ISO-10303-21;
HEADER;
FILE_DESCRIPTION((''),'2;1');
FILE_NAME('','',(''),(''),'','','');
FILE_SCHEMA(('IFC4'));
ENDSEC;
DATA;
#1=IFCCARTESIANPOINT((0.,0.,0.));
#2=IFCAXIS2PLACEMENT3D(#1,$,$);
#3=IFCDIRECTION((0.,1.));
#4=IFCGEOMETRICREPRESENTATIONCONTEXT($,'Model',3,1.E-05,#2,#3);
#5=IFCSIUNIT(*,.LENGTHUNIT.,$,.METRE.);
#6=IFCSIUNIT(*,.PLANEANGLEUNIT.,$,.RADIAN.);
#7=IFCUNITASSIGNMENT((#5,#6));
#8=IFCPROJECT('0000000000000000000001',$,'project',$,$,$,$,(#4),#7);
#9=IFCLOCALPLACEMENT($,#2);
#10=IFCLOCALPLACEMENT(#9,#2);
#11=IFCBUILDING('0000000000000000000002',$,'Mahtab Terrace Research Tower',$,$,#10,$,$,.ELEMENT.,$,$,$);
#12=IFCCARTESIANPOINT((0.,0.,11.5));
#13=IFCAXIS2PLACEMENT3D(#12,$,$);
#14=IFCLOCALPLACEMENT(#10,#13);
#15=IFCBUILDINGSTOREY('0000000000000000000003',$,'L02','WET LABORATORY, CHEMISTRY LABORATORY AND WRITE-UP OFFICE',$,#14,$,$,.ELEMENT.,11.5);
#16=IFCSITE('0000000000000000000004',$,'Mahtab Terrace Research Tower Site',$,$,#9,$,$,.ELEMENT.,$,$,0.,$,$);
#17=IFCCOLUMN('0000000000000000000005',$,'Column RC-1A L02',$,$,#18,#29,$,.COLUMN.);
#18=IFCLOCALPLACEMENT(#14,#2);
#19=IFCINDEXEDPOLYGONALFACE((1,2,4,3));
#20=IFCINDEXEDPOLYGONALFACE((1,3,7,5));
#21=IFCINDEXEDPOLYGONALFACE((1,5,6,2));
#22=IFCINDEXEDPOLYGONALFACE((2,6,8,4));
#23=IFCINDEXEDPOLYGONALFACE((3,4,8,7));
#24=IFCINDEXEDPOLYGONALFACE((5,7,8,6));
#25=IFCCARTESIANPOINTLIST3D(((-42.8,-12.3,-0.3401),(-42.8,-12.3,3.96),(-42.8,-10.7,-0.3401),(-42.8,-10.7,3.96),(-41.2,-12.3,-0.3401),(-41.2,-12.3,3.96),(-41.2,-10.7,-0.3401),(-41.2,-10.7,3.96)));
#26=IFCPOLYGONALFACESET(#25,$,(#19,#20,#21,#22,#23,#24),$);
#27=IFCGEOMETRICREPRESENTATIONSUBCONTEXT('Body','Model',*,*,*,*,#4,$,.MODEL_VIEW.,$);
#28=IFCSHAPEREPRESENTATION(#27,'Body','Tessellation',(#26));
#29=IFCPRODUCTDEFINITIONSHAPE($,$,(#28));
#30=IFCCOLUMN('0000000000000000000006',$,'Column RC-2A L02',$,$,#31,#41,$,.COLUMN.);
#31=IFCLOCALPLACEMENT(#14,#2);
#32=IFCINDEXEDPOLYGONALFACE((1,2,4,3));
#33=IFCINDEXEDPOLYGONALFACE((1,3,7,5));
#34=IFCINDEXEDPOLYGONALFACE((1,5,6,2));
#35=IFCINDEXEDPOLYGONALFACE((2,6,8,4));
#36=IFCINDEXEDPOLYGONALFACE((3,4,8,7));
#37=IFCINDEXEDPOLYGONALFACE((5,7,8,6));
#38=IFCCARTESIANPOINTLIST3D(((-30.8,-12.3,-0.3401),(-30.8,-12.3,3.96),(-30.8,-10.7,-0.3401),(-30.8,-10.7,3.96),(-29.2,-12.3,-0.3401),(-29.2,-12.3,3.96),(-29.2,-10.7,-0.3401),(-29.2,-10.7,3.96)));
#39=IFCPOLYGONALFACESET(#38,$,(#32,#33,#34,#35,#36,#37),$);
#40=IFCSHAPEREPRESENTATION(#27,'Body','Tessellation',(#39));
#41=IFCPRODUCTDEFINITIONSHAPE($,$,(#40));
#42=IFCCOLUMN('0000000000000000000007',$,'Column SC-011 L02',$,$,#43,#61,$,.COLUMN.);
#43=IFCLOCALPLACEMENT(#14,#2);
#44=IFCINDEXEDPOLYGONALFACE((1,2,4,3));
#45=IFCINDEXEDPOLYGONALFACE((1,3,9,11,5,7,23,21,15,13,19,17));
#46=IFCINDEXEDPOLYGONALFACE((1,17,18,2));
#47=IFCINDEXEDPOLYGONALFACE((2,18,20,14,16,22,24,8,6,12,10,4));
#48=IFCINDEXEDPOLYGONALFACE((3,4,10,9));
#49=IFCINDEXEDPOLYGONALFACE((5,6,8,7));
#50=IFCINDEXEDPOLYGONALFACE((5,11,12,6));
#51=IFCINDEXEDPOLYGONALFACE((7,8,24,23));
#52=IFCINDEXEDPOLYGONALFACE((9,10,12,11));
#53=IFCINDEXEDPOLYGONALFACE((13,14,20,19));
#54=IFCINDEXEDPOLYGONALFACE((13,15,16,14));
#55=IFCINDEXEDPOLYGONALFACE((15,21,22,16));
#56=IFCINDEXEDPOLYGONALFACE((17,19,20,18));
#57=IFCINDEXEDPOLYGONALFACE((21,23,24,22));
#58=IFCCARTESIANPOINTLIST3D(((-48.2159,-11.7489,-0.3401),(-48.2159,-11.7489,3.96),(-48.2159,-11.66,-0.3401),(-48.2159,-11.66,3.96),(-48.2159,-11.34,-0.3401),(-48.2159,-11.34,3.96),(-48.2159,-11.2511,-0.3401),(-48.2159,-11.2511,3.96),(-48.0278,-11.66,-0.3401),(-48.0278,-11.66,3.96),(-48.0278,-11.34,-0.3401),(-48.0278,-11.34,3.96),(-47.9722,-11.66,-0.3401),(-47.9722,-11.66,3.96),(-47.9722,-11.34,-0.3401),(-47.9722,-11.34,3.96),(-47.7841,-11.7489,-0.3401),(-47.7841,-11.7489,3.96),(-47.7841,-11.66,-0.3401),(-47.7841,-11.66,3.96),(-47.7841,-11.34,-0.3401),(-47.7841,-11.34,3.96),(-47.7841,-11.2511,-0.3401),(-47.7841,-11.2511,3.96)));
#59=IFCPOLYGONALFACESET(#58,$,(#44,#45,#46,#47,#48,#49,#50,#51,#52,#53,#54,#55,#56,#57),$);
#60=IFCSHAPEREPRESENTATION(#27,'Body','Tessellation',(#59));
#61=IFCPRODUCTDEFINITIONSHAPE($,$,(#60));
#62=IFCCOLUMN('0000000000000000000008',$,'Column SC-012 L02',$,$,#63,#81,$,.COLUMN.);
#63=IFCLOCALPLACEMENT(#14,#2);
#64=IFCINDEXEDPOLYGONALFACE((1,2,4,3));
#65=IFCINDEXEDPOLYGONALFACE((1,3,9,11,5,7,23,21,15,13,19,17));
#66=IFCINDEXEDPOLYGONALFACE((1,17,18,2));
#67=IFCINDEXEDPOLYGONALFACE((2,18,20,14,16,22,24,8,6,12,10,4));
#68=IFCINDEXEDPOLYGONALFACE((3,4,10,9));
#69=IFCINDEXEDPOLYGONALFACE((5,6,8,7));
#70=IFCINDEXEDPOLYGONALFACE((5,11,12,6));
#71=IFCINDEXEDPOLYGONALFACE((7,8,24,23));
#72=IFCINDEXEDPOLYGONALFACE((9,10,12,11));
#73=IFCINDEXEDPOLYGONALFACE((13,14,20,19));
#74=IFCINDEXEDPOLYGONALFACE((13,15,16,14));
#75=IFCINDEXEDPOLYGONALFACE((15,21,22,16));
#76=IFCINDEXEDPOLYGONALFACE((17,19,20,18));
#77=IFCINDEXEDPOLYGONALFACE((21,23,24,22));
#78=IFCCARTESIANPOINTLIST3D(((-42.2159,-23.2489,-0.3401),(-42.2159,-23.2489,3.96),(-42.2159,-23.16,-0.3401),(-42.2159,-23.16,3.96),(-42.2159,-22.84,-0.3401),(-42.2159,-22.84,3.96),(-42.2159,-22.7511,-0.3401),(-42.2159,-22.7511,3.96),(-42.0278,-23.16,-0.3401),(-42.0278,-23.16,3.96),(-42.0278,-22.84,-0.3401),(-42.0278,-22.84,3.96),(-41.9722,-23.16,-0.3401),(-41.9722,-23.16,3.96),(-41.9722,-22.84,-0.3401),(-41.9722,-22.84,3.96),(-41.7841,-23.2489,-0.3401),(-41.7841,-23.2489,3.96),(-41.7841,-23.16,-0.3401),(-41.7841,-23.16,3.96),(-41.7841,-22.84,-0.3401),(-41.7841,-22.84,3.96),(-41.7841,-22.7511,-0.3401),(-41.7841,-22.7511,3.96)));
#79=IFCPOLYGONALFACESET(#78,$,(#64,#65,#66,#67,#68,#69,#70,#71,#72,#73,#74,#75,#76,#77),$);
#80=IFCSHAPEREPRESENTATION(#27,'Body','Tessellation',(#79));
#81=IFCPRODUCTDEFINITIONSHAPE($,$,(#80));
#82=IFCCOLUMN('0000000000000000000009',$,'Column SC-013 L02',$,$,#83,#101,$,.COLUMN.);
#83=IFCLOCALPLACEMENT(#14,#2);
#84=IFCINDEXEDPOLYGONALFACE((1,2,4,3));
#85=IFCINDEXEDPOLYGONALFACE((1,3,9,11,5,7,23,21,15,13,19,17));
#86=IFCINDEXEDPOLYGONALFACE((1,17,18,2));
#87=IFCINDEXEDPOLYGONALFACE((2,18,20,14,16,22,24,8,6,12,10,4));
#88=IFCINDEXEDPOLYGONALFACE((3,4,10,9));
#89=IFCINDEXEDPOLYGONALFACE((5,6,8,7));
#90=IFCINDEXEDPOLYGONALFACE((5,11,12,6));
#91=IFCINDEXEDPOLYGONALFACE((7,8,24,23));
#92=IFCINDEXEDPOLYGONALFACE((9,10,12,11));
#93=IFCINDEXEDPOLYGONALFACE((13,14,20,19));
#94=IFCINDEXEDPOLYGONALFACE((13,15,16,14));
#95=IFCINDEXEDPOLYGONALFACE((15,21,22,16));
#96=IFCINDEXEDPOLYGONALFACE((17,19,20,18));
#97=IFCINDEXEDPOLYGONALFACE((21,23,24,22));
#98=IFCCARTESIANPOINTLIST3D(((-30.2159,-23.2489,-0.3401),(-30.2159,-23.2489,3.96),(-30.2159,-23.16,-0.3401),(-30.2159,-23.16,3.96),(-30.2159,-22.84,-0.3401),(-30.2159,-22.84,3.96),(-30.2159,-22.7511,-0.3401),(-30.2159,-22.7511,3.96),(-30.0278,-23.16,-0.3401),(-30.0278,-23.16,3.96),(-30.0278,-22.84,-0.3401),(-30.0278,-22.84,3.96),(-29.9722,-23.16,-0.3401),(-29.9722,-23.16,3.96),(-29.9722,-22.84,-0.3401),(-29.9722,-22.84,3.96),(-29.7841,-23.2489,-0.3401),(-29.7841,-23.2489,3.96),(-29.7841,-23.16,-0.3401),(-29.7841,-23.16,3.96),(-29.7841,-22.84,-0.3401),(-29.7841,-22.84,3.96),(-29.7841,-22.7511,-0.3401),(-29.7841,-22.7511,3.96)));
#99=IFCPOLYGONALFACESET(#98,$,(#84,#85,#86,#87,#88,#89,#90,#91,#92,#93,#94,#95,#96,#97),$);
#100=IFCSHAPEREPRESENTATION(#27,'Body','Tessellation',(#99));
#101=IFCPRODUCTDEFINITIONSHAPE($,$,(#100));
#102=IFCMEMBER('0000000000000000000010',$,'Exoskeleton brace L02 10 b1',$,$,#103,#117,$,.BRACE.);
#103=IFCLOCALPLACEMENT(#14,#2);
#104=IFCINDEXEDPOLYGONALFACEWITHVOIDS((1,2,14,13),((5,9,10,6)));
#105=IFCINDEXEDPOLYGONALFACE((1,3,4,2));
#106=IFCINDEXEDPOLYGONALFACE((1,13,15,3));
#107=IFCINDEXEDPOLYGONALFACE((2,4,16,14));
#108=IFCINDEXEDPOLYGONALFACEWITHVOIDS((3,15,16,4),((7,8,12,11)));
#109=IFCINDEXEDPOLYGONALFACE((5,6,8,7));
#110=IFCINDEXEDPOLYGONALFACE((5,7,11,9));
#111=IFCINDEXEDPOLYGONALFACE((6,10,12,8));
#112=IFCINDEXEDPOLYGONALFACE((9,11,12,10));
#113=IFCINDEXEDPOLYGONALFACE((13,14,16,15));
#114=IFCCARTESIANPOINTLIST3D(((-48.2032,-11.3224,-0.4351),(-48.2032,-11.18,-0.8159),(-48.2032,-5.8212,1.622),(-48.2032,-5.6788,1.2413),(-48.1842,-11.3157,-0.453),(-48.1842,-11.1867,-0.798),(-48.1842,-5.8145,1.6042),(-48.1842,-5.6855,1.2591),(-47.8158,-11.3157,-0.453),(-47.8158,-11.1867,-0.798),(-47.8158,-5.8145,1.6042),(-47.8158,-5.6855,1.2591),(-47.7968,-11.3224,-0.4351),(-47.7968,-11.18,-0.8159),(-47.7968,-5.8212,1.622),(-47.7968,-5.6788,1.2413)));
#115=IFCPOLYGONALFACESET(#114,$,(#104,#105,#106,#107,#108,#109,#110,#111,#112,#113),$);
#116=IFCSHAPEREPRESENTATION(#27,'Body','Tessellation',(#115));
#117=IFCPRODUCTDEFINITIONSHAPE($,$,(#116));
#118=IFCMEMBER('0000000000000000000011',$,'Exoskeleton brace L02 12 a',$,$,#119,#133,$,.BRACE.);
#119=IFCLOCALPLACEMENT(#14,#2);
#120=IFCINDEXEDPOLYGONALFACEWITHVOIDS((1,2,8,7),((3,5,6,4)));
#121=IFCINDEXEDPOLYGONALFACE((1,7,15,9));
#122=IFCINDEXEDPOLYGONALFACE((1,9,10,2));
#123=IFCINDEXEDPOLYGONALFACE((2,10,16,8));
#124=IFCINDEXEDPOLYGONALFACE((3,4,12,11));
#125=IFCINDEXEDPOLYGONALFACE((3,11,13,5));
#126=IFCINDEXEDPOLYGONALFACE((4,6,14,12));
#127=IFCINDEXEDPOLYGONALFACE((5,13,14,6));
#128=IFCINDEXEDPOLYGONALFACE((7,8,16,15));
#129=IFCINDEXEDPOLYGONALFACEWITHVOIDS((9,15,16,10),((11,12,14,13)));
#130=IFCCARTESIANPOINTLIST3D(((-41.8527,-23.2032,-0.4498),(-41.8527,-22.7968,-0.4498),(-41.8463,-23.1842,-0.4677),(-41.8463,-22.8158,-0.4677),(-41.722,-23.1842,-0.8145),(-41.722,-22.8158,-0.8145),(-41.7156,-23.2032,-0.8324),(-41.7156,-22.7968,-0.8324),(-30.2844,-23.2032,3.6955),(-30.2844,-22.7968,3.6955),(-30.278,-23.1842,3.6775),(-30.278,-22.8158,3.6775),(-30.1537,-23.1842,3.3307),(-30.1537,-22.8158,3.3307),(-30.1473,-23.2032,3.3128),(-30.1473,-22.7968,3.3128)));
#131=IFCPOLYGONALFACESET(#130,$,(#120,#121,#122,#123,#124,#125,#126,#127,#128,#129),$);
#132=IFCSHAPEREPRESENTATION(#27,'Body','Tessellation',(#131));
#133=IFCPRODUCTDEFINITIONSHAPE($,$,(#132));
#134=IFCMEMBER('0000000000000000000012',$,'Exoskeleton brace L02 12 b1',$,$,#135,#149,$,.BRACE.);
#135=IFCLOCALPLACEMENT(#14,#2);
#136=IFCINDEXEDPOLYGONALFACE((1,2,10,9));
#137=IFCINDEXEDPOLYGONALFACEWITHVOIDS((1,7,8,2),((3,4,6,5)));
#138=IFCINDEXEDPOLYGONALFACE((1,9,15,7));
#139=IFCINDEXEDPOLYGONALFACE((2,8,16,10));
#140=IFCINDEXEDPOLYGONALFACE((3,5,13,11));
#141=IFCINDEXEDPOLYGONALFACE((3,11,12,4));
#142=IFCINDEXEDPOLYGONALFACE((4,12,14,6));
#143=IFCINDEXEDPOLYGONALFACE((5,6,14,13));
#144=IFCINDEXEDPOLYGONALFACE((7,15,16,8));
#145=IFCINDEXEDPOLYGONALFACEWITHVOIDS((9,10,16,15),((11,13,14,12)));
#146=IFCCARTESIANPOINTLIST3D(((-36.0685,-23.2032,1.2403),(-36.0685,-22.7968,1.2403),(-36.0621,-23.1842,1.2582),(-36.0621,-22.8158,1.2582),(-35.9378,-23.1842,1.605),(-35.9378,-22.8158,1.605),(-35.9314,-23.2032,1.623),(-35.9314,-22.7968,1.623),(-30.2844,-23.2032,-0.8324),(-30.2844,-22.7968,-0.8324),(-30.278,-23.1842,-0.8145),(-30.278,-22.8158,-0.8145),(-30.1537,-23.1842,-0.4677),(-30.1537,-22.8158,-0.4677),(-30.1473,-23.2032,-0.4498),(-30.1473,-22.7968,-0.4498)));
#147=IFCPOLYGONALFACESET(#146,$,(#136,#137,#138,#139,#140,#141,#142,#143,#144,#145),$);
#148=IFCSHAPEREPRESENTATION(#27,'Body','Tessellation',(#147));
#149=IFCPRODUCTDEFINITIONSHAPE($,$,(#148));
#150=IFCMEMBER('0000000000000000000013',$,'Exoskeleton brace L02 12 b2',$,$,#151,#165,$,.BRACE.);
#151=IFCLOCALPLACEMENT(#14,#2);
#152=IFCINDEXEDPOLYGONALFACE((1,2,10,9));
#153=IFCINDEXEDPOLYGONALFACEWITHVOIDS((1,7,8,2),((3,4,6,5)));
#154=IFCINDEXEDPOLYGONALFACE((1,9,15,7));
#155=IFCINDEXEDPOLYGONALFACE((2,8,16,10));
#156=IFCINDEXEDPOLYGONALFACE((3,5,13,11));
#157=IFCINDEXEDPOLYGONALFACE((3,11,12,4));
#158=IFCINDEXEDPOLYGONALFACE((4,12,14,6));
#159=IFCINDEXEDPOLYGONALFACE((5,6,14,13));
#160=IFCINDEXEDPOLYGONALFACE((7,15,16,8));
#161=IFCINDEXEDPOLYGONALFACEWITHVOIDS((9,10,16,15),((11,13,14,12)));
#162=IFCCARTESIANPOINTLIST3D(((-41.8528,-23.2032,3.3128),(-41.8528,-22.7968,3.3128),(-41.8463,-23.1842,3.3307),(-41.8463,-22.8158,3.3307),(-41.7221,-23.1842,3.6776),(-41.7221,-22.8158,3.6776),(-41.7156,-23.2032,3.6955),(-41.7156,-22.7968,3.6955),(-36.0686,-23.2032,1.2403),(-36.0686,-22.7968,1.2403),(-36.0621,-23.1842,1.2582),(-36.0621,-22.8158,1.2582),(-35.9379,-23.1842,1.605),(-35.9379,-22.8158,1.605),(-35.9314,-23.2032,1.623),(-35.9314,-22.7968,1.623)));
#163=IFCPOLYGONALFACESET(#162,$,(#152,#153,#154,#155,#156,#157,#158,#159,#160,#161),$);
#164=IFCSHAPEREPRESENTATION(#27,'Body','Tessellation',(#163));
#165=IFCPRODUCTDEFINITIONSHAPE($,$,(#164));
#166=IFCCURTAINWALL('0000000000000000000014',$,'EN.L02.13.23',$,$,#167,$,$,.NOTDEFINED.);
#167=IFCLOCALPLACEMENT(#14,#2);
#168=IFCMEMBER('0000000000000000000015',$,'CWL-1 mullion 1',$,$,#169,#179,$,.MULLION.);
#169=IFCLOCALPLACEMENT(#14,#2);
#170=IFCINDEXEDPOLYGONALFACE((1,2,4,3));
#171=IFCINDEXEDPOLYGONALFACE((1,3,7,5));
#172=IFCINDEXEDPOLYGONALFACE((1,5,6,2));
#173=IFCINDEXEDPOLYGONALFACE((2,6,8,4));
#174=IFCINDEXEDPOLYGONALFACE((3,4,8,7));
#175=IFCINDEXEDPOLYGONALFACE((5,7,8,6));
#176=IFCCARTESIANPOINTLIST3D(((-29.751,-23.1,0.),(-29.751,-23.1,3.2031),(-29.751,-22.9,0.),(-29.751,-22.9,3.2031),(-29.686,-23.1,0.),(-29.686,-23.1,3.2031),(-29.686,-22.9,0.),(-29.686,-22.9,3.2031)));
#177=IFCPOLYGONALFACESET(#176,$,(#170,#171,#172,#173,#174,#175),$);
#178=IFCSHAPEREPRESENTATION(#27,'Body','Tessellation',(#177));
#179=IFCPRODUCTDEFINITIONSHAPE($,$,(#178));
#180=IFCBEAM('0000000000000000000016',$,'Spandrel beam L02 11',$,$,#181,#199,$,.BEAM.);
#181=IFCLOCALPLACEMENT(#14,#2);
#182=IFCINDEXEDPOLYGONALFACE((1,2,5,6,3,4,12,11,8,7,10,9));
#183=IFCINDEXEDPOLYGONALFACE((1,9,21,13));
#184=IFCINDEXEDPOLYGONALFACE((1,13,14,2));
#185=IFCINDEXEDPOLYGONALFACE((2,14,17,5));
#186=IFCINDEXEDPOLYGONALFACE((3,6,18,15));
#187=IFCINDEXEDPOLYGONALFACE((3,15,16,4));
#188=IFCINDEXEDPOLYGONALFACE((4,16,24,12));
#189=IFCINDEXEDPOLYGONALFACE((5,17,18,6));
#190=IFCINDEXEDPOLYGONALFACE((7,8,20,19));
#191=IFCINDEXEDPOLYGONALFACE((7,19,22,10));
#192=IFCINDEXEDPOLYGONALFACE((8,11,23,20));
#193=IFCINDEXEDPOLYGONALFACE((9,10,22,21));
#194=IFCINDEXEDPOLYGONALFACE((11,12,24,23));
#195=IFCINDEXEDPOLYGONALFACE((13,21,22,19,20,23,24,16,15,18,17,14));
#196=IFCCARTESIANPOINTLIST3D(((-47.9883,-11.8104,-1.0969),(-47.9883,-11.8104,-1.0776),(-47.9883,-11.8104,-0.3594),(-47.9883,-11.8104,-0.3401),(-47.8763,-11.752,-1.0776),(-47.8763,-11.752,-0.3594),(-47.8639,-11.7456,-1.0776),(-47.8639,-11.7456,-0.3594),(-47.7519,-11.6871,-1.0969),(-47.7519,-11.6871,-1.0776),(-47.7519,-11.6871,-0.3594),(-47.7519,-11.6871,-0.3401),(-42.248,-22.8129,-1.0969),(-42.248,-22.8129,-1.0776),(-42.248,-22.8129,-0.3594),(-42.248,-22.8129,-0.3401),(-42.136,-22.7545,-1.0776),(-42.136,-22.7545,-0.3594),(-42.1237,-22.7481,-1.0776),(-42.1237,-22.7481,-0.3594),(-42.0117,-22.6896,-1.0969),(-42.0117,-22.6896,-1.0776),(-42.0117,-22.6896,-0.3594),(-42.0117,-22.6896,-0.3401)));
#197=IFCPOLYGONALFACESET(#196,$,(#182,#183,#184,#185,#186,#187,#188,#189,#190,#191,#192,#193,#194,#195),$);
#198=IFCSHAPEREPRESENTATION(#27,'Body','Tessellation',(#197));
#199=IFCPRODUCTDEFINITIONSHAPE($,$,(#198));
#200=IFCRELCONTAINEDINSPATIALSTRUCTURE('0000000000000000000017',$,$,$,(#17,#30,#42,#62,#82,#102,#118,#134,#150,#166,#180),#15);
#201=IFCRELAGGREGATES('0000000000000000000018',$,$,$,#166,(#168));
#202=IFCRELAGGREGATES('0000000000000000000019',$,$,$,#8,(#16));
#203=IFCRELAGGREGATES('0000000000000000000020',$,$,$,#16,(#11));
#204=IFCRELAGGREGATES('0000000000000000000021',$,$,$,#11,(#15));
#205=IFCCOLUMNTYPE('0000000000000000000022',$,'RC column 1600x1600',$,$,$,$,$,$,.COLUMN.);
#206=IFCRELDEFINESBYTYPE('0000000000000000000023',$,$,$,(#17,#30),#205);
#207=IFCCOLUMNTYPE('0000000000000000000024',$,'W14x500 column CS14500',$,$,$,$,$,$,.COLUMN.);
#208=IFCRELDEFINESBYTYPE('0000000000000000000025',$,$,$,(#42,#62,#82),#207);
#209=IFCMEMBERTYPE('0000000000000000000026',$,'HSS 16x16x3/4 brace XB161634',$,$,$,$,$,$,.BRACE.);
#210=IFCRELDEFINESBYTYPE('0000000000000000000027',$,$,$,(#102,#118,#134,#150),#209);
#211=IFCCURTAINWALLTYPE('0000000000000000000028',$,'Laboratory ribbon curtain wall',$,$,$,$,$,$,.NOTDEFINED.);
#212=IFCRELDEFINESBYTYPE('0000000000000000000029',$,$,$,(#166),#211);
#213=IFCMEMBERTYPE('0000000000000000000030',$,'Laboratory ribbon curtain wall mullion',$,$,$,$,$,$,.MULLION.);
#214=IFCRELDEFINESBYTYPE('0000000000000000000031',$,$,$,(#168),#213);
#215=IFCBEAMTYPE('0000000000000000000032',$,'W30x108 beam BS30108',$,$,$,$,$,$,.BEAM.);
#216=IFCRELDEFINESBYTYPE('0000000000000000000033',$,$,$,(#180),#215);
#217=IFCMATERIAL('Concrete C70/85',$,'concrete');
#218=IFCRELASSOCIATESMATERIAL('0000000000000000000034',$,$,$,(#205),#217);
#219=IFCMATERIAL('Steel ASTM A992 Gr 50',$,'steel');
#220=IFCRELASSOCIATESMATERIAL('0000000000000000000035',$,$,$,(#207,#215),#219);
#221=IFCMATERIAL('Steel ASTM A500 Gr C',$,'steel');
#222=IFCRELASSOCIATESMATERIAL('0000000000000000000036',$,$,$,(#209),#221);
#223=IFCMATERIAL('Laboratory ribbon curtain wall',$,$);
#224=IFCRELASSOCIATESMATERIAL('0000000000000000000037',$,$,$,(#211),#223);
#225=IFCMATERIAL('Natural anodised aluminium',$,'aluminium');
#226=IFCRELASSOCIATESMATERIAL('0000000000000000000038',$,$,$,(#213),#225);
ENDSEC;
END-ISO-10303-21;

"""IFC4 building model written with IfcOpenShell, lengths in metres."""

from ifc_helpers import new_model, si_unit, direction, frame, origin, origin_2d, place, context, subcontext, project, spatial, rectangle, hollow_rectangle, i_section, extrude, material, material_profile, profile_set, type_object, element, aggregate, save


model = new_model("IFC4")

# Units and contexts
model_context = context("Model", 3, precision=1e-05, world=origin(), true_north=direction((0.0, 1.0)))
body_context = subcontext(model_context, "Body", "Model", "MODEL_VIEW")
ifc_project = project(units=[si_unit("LENGTHUNIT", "METRE"), si_unit("PLANEANGLEUNIT", "RADIAN")], contexts=[model_context])

# Site, building, storey
site_placement = place(None, origin())
site = spatial("IfcSite", under=ifc_project, at=site_placement, Name="Mahtab Terrace Research Tower Site", CompositionType="ELEMENT", RefElevation=0.0)
building_placement = place(site_placement, origin())
building = spatial("IfcBuilding", under=site, at=building_placement, Name="Mahtab Terrace Research Tower", CompositionType="ELEMENT")
storey_placement = place(building_placement, frame((0.0, 0.0, 11.5)))
storey = spatial("IfcBuildingStorey", under=building, at=storey_placement, Name="L02", Description="WET LABORATORY, CHEMISTRY LABORATORY AND WRITE-UP OFFICE", CompositionType="ELEMENT", Elevation=11.5)

# Columns
ifc_material_1 = material(Name="Concrete C70/85", Category="concrete")
ifc_material_profile_1 = material_profile(ifc_material_1, rectangle(XDim=1.6001, YDim=1.6001, at=origin_2d()), Name="RC column 1600x1600")
ifc_profile_set_1 = profile_set([ifc_material_profile_1], Name="Concrete C70/85")
column_type_1 = type_object("IfcColumnType", Name="RC column 1600x1600", PredefinedType="COLUMN", material=ifc_profile_set_1)
for number, where, z_axis, x_axis, name in (
    (1, (-42.0, -11.5, -0.3401), (0.0, 0.0, 1.0), (1.0, 0.0, 0.0), "Column RC-1A L02"),
    (2, (-30.0, -11.5, -0.3401), (0.0, 0.0, 1.0), (1.0, 0.0, 0.0), "Column RC-2A L02"),
):
    element("IfcColumn", number, at=place(storey_placement, frame(where, z_axis=z_axis, x_axis=x_axis)), inside=storey, type_object=column_type_1, Name=name, PredefinedType="COLUMN", context=body_context, shape_type="SweptSolid", body=[
        extrude(rectangle(XDim=1.6001, YDim=1.6001, at=origin_2d()), origin(), (0.0, 0.0, 1.0), 4.3),
    ])
ifc_material_2 = material(Name="Steel ASTM A992 Gr 50", Category="steel")
ifc_material_profile_2 = material_profile(ifc_material_2, i_section(OverallWidth=0.4319, OverallDepth=0.4978, WebThickness=0.0557, FlangeThickness=0.0889, at=origin_2d()), Name="W14X500")
ifc_profile_set_2 = profile_set([ifc_material_profile_2], Name="Steel ASTM A992 Gr 50")
column_type_2 = type_object("IfcColumnType", Name="W14x500 column CS14500", PredefinedType="COLUMN", material=ifc_profile_set_2)
for number, where, z_axis, x_axis, name in (
    (3, (-48.0, -11.5, -0.3401), (0.0, 0.0, 1.0), (1.0, 0.0, 0.0), "Column SC-011 L02"),
    (4, (-42.0, -23.0, -0.3401), (0.0, 0.0, 1.0), (1.0, 0.0, 0.0), "Column SC-012 L02"),
    (5, (-30.0, -23.0, -0.3401), (0.0, 0.0, 1.0), (1.0, 0.0, 0.0), "Column SC-013 L02"),
):
    element("IfcColumn", number, at=place(storey_placement, frame(where, z_axis=z_axis, x_axis=x_axis)), inside=storey, type_object=column_type_2, Name=name, PredefinedType="COLUMN", context=body_context, shape_type="SweptSolid", body=[
        extrude(i_section(OverallWidth=0.4319, OverallDepth=0.4978, WebThickness=0.0557, FlangeThickness=0.0889, at=origin_2d()), origin(), (0.0, 0.0, 1.0), 4.3),
    ])

# Members
ifc_material_3 = material(Name="Steel ASTM A500 Gr C", Category="steel")
ifc_material_profile_3 = material_profile(ifc_material_3, hollow_rectangle(XDim=0.4065, YDim=0.4065, WallThickness=0.019, at=origin_2d()), Name="HSS16X16X3/4")
ifc_profile_set_3 = profile_set([ifc_material_profile_3], Name="Steel ASTM A500 Gr C")
member_type_1 = type_object("IfcMemberType", Name="HSS 16x16x3/4 brace XB161634", PredefinedType="BRACE", material=ifc_profile_set_3)
member_1_placement = place(storey_placement, frame((-48.0, -11.2512, -0.6255), z_axis=(0.0, 0.936655, 0.350253), x_axis=(-1.0, 0.0, 0.0)))
element("IfcMember", 6, at=member_1_placement, inside=storey, type_object=member_type_1, Name="Exoskeleton brace L02 10 b1", PredefinedType="BRACE", context=body_context, shape_type="SweptSolid", body=[
    extrude(hollow_rectangle(XDim=0.4065, YDim=0.4065, WallThickness=0.019, at=origin_2d()), origin(), (0.0, 0.0, 1.0), 5.8733),
])
member_2_placement = place(storey_placement, frame((-41.7842, -23.0, -0.6411), z_axis=(0.941388, 0.0, 0.337325), x_axis=(0.0, 1.0, 0.0)))
element("IfcMember", 7, at=member_2_placement, inside=storey, type_object=member_type_1, Name="Exoskeleton brace L02 12 a", PredefinedType="BRACE", context=body_context, shape_type="SweptSolid", body=[
    extrude(hollow_rectangle(XDim=0.4065, YDim=0.4065, WallThickness=0.019, at=origin_2d()), origin(), (0.0, 0.0, 1.0), 12.2886),
])
for number, where, z_axis, x_axis, name in (
    (8, (-30.2158, -23.0, -0.6411), (-0.941382, 0.0, 0.337343), (0.0, -1.0, 0.0), "Exoskeleton brace L02 12 b1"),
    (9, (-36.0, -23.0, 1.4316), (-0.941394, 0.0, 0.337308), (0.0, -1.0, 0.0), "Exoskeleton brace L02 12 b2"),
):
    element("IfcMember", number, at=place(storey_placement, frame(where, z_axis=z_axis, x_axis=x_axis)), inside=storey, type_object=member_type_1, Name=name, PredefinedType="BRACE", context=body_context, shape_type="SweptSolid", body=[
        extrude(hollow_rectangle(XDim=0.4065, YDim=0.4065, WallThickness=0.019, at=origin_2d()), origin(), (0.0, 0.0, 1.0), 6.1443),
    ])

# Curtain wall, member
ifc_material_4 = material(Name="Laboratory ribbon curtain wall")
curtain_wall_type = type_object("IfcCurtainWallType", Name="Laboratory ribbon curtain wall", PredefinedType="NOTDEFINED", material=ifc_material_4)
curtain_wall_placement = place(storey_placement, origin())
curtain_wall = element("IfcCurtainWall", 10, at=curtain_wall_placement, inside=storey, type_object=curtain_wall_type, Name="EN.L02.13.23", PredefinedType="NOTDEFINED")
ifc_material_5 = material(Name="Natural anodised aluminium", Category="aluminium")
ifc_material_profile_4 = material_profile(ifc_material_5, rectangle(XDim=0.2, YDim=0.0649, at=origin_2d()), Name="MULLION 65x200")
ifc_profile_set_4 = profile_set([ifc_material_profile_4], Name="Natural anodised aluminium")
member_type_2 = type_object("IfcMemberType", Name="Laboratory ribbon curtain wall mullion", PredefinedType="MULLION", material=ifc_profile_set_4)
member_3_placement = place(storey_placement, frame((-29.7185, -23.0, 0.0), z_axis=(0.0, 0.0, 1.0), x_axis=(0.0, 1.0, 0.0)))
member_3 = element("IfcMember", 11, at=member_3_placement, type_object=member_type_2, Name="CWL-1 mullion 1", PredefinedType="MULLION", context=body_context, shape_type="SweptSolid", body=[
    extrude(rectangle(XDim=0.2, YDim=0.0649, at=origin_2d()), origin(), (0.0, 0.0, 1.0), 3.2031),
])
aggregate(curtain_wall, [member_3])

# Beam
ifc_material_profile_5 = material_profile(ifc_material_2, i_section(OverallWidth=0.2666, OverallDepth=0.7568, WebThickness=0.0139, FlangeThickness=0.0193, at=origin_2d()), Name="W30X108")
ifc_profile_set_5 = profile_set([ifc_material_profile_5], Name="Steel ASTM A992 Gr 50")
beam_type = type_object("IfcBeamType", Name="W30x108 beam BS30108", PredefinedType="BEAM", material=ifc_profile_set_5)
beam_placement = place(storey_placement, frame((-47.8701, -11.7488, -0.7185), z_axis=(0.462555, -0.88659, 0.0), x_axis=(0.88659, 0.462555, 0.0)))
element("IfcBeam", 12, at=beam_placement, inside=storey, type_object=beam_type, Name="Spandrel beam L02 11", PredefinedType="BEAM", context=body_context, shape_type="SweptSolid", body=[
    extrude(i_section(OverallWidth=0.2666, OverallDepth=0.7568, WebThickness=0.0139, FlangeThickness=0.0193, at=origin_2d()), origin(), (0.0, 0.0, 1.0), 12.4099),
])

save(model, "model.ifc")
